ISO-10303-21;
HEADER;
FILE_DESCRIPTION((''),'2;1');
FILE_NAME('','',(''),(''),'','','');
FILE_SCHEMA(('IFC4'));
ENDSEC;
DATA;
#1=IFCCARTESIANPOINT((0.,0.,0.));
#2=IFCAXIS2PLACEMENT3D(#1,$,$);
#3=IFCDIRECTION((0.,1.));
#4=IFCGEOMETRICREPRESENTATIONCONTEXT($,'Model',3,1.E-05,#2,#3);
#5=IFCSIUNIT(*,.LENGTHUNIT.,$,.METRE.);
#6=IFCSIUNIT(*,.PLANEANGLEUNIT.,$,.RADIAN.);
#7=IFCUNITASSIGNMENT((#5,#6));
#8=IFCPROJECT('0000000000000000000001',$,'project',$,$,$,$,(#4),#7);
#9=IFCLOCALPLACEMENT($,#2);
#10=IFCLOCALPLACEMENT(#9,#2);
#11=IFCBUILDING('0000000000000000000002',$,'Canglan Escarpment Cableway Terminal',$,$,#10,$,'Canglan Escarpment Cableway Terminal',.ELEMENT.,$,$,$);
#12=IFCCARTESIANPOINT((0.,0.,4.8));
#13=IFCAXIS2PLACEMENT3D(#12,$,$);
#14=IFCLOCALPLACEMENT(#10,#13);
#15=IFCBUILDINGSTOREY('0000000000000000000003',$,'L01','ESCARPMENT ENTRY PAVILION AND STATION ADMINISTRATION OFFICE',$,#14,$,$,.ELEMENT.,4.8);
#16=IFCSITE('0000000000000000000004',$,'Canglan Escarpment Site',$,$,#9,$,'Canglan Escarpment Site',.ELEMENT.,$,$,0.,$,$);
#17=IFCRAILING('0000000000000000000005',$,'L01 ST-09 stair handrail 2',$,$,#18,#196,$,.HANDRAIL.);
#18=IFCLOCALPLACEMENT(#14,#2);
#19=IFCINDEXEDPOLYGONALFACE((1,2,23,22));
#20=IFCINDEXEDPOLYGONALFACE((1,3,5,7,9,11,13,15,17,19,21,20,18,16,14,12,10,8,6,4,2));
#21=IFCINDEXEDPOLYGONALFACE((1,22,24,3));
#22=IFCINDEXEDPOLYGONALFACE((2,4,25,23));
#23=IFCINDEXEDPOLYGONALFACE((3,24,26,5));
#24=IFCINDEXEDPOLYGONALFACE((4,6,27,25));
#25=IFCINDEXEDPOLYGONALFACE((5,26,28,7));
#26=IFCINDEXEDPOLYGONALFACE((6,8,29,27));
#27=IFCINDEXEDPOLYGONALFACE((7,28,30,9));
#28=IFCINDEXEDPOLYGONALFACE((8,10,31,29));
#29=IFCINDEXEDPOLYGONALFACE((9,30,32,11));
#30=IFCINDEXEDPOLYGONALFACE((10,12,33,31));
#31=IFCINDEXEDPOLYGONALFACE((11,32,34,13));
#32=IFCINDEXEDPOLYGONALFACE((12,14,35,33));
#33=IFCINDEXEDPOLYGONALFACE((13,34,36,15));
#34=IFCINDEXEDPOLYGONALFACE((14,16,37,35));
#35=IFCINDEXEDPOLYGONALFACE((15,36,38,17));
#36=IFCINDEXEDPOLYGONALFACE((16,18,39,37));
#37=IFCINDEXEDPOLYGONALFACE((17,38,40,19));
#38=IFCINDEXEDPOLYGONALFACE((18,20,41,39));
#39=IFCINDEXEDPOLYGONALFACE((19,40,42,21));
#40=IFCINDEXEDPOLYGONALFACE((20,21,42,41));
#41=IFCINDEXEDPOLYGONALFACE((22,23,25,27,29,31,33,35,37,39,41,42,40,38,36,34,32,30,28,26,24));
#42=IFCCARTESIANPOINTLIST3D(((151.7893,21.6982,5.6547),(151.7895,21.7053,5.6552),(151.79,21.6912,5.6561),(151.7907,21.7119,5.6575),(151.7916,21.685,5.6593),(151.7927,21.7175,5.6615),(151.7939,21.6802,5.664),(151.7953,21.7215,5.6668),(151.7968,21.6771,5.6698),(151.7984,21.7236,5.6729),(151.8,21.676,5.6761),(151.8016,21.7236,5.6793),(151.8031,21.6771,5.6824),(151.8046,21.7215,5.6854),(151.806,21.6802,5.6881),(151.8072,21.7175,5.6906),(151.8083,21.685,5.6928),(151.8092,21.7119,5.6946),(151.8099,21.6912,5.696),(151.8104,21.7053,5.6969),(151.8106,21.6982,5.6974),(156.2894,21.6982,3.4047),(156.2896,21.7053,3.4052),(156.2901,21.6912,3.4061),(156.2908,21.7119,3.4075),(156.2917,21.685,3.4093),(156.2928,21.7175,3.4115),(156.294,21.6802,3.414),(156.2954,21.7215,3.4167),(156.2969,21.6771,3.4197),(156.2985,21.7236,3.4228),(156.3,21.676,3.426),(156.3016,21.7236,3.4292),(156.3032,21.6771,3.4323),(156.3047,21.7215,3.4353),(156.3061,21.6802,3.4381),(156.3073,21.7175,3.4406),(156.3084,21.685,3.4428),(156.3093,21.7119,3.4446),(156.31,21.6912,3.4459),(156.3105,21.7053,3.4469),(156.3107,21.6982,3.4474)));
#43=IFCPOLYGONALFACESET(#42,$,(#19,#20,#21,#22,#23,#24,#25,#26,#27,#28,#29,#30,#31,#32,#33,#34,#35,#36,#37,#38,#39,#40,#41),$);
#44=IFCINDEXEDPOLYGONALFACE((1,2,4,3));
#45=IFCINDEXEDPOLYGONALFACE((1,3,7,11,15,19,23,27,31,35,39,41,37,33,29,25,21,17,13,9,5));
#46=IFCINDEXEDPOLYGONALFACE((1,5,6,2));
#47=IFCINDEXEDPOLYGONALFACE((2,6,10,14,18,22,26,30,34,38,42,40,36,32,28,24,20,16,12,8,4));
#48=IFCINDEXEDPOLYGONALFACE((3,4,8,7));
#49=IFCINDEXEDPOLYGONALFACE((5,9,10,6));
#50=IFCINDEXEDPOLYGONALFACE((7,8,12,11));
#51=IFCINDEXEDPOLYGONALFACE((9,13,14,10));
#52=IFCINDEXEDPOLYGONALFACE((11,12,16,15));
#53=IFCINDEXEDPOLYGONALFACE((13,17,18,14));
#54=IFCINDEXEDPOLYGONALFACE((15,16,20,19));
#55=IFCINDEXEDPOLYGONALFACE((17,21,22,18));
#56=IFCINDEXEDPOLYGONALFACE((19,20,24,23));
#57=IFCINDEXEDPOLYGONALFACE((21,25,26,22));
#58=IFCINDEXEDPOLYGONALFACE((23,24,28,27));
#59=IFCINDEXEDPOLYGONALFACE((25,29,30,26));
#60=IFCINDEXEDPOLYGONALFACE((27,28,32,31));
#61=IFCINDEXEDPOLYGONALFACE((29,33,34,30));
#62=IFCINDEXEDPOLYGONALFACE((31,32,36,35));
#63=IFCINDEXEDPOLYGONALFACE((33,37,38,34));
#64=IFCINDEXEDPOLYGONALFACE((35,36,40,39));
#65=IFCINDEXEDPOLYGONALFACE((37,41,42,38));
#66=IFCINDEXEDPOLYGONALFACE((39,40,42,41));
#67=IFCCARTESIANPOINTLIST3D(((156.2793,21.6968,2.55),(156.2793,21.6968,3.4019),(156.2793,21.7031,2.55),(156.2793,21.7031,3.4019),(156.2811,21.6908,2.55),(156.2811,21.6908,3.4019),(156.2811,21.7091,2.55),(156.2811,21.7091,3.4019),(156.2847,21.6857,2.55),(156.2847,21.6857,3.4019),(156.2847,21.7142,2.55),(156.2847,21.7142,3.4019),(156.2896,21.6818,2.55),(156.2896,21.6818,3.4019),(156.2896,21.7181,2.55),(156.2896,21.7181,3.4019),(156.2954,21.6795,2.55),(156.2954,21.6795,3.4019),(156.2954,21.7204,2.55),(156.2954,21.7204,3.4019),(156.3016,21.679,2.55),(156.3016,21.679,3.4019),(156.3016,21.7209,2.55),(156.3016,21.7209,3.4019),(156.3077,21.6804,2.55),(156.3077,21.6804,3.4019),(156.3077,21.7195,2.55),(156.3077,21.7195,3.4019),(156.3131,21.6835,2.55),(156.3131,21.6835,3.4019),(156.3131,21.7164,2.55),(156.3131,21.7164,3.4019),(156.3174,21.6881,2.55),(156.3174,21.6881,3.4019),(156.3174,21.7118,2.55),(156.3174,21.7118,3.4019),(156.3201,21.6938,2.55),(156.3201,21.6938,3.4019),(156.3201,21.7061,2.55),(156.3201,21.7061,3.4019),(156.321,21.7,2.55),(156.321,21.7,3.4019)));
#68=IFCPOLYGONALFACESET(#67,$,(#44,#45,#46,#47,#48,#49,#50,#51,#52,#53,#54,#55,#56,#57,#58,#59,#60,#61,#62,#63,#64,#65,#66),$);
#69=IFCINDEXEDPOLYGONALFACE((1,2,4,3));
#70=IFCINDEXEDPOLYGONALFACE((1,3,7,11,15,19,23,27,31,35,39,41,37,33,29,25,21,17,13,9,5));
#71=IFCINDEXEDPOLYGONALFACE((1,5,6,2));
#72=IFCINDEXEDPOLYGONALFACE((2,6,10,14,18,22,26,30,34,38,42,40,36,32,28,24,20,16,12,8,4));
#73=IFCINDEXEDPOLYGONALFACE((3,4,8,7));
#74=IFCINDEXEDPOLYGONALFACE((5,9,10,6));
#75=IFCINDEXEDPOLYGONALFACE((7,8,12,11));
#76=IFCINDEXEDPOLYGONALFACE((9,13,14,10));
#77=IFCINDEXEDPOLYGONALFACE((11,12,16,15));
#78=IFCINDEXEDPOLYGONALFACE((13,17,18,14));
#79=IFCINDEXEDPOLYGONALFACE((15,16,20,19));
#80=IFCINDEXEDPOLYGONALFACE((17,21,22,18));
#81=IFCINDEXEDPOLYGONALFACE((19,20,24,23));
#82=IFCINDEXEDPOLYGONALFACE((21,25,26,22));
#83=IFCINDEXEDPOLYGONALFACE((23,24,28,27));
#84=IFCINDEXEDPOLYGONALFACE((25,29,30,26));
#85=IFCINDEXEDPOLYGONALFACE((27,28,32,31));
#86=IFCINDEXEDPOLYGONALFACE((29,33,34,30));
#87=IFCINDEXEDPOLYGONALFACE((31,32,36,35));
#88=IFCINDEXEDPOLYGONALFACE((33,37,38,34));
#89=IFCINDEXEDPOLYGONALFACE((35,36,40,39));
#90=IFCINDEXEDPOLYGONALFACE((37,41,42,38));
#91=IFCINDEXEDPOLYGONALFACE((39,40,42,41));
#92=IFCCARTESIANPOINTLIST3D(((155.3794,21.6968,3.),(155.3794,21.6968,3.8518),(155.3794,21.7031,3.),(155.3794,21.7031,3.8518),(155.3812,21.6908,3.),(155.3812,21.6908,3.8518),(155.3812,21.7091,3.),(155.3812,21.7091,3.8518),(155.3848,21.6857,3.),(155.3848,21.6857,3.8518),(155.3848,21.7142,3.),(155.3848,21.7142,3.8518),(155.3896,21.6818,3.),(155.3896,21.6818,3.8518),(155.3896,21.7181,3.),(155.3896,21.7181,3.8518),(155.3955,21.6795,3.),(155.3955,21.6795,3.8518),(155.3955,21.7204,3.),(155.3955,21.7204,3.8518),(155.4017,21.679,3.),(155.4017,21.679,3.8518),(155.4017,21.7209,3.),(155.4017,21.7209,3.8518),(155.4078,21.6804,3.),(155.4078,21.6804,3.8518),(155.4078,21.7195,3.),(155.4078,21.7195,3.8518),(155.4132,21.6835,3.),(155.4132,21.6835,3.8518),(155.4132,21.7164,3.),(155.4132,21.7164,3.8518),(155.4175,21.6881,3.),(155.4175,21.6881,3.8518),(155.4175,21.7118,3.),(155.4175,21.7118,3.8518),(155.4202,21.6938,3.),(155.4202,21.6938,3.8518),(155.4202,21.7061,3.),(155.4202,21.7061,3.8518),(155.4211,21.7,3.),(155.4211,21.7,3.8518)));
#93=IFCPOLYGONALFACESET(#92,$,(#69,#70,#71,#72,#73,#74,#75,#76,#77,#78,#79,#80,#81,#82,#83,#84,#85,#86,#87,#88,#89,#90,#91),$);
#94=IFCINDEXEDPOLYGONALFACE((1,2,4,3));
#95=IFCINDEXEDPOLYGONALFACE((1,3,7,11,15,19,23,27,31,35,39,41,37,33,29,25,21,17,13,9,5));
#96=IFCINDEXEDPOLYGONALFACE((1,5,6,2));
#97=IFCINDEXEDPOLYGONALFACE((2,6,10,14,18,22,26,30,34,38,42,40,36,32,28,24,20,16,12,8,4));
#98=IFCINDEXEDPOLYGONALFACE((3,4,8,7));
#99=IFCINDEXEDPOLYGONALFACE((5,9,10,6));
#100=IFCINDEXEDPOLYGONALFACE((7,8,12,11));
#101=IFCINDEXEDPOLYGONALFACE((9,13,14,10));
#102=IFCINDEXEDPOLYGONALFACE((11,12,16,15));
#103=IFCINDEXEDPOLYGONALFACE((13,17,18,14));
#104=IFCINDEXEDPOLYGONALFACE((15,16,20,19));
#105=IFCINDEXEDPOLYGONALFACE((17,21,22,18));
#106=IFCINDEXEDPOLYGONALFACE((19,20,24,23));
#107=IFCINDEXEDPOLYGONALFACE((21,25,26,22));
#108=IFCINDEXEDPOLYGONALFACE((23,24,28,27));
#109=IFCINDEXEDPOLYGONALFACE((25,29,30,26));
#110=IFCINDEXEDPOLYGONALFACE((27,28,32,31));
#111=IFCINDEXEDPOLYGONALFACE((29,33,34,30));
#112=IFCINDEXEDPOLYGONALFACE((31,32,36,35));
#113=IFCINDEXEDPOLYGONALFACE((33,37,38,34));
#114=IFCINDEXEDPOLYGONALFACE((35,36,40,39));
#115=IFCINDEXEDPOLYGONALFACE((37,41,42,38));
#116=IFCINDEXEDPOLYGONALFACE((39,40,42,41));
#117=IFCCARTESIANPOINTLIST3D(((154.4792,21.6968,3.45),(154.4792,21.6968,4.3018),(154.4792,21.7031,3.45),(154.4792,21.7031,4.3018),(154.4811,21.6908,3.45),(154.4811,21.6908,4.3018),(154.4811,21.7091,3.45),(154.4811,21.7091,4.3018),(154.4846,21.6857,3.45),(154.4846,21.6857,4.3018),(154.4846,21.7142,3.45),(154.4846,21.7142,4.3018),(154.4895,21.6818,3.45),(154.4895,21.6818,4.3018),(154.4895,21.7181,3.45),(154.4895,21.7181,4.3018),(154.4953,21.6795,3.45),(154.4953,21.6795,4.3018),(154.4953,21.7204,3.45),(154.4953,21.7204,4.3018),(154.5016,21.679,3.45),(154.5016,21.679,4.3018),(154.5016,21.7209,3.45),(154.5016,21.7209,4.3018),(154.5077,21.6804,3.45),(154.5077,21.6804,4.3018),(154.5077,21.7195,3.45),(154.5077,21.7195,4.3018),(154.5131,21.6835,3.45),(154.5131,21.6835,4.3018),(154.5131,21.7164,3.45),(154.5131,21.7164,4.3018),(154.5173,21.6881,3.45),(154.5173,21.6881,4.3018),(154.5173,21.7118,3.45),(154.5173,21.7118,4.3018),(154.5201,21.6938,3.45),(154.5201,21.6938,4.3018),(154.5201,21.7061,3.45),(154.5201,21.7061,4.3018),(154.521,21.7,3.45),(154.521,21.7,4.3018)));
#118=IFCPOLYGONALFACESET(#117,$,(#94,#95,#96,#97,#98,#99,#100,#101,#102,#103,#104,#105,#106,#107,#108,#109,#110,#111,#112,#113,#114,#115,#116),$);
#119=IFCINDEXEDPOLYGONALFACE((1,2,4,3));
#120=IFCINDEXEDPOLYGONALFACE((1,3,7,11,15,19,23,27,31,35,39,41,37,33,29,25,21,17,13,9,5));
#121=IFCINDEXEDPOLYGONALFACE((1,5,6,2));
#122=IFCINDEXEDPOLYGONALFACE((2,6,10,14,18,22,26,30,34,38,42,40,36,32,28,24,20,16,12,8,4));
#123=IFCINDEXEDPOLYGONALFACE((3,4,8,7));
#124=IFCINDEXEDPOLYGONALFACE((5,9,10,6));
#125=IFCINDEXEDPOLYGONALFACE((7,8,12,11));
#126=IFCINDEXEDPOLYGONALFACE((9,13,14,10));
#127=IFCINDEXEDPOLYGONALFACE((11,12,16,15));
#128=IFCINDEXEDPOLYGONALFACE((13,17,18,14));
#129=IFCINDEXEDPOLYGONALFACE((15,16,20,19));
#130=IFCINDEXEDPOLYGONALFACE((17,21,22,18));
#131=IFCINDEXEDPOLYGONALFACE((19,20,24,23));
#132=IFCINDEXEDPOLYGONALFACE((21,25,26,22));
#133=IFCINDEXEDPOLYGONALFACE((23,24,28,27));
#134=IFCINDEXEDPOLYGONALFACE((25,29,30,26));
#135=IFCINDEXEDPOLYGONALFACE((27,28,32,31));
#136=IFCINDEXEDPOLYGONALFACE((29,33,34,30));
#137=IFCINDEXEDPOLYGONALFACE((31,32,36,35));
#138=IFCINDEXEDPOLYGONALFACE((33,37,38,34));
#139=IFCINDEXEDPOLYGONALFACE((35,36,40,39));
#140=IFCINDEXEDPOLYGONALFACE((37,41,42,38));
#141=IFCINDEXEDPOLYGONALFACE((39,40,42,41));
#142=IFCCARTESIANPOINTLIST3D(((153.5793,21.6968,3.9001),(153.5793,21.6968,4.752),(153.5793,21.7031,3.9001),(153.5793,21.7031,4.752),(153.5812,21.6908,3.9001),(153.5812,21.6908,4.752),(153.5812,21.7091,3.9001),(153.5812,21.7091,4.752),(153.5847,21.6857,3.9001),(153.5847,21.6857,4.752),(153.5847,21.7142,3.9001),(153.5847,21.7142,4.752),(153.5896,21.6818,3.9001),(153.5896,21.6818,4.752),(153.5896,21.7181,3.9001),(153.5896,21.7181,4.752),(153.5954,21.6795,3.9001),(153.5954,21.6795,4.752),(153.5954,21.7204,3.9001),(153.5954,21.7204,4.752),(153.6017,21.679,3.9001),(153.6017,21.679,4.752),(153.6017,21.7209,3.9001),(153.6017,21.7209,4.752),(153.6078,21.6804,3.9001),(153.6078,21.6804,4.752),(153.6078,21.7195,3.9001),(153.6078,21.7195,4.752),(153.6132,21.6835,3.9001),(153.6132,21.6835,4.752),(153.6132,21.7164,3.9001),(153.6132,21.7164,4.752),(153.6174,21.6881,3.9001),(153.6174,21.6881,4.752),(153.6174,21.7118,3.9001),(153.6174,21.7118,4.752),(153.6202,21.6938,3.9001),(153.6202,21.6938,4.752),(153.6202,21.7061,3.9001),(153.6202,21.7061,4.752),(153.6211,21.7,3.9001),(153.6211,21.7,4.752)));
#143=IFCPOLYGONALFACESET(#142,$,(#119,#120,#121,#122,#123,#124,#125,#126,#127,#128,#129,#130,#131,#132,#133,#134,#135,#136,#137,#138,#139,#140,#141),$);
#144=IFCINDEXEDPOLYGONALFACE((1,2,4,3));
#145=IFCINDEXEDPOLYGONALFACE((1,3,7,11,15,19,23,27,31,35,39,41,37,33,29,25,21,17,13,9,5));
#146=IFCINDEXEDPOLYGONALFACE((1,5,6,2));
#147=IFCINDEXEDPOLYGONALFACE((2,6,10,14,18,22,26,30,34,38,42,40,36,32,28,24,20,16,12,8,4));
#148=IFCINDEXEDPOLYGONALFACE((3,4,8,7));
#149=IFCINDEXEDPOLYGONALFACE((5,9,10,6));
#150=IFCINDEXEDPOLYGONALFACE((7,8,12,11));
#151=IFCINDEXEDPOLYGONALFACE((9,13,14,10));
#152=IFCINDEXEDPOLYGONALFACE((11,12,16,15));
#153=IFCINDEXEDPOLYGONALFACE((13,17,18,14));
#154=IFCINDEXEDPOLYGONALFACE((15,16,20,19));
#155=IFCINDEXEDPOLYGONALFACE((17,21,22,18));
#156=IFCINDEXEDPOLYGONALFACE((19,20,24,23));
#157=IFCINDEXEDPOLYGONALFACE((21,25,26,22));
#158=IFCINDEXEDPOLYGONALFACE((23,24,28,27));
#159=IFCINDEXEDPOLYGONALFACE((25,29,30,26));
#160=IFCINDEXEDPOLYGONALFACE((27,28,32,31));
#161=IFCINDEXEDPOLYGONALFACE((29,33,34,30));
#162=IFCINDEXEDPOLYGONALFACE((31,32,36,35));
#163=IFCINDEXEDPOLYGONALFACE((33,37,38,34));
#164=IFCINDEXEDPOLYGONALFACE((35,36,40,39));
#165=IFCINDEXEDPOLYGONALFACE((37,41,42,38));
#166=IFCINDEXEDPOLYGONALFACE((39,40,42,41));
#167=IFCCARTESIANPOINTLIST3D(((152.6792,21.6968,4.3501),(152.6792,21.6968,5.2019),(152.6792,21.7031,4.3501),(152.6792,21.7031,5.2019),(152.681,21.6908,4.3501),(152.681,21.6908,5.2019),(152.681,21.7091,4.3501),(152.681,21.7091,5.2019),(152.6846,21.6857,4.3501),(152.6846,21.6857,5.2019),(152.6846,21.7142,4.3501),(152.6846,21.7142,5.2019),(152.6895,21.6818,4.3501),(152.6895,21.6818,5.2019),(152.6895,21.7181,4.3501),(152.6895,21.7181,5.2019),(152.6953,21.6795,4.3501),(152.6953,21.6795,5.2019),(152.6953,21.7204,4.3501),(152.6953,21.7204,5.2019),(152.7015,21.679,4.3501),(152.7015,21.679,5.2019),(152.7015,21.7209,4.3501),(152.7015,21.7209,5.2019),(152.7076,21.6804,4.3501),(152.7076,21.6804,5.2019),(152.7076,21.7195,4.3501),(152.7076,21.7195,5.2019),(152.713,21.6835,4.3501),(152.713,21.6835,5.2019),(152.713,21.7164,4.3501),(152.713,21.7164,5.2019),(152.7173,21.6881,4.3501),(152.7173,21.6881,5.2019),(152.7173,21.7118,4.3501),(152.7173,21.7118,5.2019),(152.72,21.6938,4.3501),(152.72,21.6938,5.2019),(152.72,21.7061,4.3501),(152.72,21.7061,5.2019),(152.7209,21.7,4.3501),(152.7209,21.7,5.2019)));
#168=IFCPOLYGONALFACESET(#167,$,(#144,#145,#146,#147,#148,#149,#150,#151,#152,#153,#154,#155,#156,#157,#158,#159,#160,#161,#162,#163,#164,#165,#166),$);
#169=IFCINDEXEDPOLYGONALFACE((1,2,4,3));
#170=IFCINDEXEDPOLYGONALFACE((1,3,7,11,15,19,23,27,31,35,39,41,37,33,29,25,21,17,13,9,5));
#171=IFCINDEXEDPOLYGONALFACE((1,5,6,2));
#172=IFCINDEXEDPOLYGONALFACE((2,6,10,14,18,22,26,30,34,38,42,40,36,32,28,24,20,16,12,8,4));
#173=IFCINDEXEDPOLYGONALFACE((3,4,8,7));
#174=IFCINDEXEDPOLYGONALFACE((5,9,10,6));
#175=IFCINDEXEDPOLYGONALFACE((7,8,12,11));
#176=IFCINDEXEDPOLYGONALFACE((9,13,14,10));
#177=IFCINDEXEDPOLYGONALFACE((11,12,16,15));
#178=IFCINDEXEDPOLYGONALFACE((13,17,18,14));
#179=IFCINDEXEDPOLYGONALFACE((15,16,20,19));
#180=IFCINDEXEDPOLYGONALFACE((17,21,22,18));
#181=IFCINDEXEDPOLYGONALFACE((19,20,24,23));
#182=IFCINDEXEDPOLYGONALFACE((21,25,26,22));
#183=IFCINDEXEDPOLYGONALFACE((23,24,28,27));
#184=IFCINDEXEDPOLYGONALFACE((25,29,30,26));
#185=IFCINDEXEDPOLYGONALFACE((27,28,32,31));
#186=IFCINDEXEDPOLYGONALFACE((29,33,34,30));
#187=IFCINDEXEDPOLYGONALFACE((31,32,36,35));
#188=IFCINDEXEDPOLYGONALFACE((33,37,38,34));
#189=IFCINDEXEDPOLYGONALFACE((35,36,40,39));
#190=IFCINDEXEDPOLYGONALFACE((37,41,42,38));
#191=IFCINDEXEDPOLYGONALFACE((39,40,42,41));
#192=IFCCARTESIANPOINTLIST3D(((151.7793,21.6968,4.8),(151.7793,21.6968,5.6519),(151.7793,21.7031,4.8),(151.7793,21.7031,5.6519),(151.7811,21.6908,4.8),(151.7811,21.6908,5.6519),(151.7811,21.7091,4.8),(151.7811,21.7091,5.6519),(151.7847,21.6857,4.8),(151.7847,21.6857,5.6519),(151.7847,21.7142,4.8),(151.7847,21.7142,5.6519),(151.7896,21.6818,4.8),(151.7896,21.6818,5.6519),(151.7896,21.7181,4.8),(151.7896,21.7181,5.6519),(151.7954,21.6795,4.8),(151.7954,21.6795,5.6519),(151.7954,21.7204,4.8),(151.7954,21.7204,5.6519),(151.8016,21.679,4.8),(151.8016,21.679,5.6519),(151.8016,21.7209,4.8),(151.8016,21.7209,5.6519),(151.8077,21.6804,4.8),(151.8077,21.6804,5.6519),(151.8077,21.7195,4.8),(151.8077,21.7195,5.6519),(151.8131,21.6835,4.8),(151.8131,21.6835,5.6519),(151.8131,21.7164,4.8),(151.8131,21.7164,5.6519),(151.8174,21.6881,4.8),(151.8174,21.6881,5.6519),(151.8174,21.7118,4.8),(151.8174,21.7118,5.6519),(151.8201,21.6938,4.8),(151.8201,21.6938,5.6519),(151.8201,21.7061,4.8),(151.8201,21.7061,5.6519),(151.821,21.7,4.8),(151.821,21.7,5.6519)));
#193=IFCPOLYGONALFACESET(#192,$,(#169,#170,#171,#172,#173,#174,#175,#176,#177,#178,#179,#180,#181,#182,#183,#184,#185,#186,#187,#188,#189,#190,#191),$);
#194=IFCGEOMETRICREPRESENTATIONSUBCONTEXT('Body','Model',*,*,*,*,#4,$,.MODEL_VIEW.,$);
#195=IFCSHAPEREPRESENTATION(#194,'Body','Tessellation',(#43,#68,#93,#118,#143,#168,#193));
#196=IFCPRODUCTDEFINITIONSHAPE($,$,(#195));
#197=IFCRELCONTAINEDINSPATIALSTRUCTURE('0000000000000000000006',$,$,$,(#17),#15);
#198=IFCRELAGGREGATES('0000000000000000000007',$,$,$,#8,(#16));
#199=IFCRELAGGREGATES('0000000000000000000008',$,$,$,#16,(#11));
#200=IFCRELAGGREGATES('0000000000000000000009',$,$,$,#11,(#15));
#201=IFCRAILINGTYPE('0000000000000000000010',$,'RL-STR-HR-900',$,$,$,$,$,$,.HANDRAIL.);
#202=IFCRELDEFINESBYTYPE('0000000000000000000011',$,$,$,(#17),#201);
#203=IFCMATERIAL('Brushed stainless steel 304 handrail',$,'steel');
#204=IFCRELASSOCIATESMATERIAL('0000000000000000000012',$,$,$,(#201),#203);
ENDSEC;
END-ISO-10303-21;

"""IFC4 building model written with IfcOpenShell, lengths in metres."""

from ifc_helpers import new_model, si_unit, direction, frame, origin, origin_2d, place, context, subcontext, project, spatial, circle, extrude, material, type_object, element, save


model = new_model("IFC4")

# Units and contexts
model_context = context("Model", 3, precision=1e-05, world=origin(), true_north=direction((0.0, 1.0)))
body_context = subcontext(model_context, "Body", "Model", "MODEL_VIEW")
ifc_project = project(units=[si_unit("LENGTHUNIT", "METRE"), si_unit("PLANEANGLEUNIT", "RADIAN")], contexts=[model_context])

# Site, building, storey
site_placement = place(None, origin())
site = spatial("IfcSite", under=ifc_project, at=site_placement, Name="Canglan Escarpment Site", LongName="Canglan Escarpment Site", CompositionType="ELEMENT", RefElevation=0.0)
building_placement = place(site_placement, origin())
building = spatial("IfcBuilding", under=site, at=building_placement, Name="Canglan Escarpment Cableway Terminal", LongName="Canglan Escarpment Cableway Terminal", CompositionType="ELEMENT")
storey_placement = place(building_placement, frame((0.0, 0.0, 4.8)))
storey = spatial("IfcBuildingStorey", under=building, at=storey_placement, Name="L01", Description="ESCARPMENT ENTRY PAVILION AND STATION ADMINISTRATION OFFICE", CompositionType="ELEMENT", Elevation=4.8)

# Railing
ifc_material_1 = material(Name="Brushed stainless steel 304 handrail", Category="steel")
railing_type_1 = type_object("IfcRailingType", Name="RL-STR-HR-900", PredefinedType="HANDRAIL", material=ifc_material_1)
railing_1_placement = place(storey_placement, frame((156.3, 21.7, 2.55)))
element("IfcRailing", 1, at=railing_1_placement, inside=storey, type_object=railing_type_1, Name="L01 ST-09 stair handrail 2", PredefinedType="HANDRAIL", context=body_context, shape_type="SweptSolid", body=[
    extrude(circle(Radius=0.0239, at=origin_2d()), frame((0.0, 0.0, 0.876), z_axis=(-0.894427, 0.0, 0.447214), x_axis=(0.0, -1.0, 0.0)), (0.0, 0.0, 1.0), 5.0312),
    extrude(circle(Radius=0.021, at=origin_2d()), origin(), (0.0, 0.0, 1.0), 0.8518),
    extrude(circle(Radius=0.021, at=origin_2d()), frame((-0.8999, 0.0, 0.45)), (0.0, 0.0, 1.0), 0.8518),
    extrude(circle(Radius=0.021, at=origin_2d()), frame((-1.8, 0.0, 0.8999)), (0.0, 0.0, 1.0), 0.8518),
    extrude(circle(Radius=0.021, at=origin_2d()), frame((-2.7, 0.0, 1.3501)), (0.0, 0.0, 1.0), 0.8518),
    extrude(circle(Radius=0.021, at=origin_2d()), frame((-3.6001, 0.0, 1.8)), (0.0, 0.0, 1.0), 0.8518),
    extrude(circle(Radius=0.021, at=origin_2d()), frame((-4.5, 0.0, 2.25)), (0.0, 0.0, 1.0), 0.8518),
])

save(model, "model.ifc")
